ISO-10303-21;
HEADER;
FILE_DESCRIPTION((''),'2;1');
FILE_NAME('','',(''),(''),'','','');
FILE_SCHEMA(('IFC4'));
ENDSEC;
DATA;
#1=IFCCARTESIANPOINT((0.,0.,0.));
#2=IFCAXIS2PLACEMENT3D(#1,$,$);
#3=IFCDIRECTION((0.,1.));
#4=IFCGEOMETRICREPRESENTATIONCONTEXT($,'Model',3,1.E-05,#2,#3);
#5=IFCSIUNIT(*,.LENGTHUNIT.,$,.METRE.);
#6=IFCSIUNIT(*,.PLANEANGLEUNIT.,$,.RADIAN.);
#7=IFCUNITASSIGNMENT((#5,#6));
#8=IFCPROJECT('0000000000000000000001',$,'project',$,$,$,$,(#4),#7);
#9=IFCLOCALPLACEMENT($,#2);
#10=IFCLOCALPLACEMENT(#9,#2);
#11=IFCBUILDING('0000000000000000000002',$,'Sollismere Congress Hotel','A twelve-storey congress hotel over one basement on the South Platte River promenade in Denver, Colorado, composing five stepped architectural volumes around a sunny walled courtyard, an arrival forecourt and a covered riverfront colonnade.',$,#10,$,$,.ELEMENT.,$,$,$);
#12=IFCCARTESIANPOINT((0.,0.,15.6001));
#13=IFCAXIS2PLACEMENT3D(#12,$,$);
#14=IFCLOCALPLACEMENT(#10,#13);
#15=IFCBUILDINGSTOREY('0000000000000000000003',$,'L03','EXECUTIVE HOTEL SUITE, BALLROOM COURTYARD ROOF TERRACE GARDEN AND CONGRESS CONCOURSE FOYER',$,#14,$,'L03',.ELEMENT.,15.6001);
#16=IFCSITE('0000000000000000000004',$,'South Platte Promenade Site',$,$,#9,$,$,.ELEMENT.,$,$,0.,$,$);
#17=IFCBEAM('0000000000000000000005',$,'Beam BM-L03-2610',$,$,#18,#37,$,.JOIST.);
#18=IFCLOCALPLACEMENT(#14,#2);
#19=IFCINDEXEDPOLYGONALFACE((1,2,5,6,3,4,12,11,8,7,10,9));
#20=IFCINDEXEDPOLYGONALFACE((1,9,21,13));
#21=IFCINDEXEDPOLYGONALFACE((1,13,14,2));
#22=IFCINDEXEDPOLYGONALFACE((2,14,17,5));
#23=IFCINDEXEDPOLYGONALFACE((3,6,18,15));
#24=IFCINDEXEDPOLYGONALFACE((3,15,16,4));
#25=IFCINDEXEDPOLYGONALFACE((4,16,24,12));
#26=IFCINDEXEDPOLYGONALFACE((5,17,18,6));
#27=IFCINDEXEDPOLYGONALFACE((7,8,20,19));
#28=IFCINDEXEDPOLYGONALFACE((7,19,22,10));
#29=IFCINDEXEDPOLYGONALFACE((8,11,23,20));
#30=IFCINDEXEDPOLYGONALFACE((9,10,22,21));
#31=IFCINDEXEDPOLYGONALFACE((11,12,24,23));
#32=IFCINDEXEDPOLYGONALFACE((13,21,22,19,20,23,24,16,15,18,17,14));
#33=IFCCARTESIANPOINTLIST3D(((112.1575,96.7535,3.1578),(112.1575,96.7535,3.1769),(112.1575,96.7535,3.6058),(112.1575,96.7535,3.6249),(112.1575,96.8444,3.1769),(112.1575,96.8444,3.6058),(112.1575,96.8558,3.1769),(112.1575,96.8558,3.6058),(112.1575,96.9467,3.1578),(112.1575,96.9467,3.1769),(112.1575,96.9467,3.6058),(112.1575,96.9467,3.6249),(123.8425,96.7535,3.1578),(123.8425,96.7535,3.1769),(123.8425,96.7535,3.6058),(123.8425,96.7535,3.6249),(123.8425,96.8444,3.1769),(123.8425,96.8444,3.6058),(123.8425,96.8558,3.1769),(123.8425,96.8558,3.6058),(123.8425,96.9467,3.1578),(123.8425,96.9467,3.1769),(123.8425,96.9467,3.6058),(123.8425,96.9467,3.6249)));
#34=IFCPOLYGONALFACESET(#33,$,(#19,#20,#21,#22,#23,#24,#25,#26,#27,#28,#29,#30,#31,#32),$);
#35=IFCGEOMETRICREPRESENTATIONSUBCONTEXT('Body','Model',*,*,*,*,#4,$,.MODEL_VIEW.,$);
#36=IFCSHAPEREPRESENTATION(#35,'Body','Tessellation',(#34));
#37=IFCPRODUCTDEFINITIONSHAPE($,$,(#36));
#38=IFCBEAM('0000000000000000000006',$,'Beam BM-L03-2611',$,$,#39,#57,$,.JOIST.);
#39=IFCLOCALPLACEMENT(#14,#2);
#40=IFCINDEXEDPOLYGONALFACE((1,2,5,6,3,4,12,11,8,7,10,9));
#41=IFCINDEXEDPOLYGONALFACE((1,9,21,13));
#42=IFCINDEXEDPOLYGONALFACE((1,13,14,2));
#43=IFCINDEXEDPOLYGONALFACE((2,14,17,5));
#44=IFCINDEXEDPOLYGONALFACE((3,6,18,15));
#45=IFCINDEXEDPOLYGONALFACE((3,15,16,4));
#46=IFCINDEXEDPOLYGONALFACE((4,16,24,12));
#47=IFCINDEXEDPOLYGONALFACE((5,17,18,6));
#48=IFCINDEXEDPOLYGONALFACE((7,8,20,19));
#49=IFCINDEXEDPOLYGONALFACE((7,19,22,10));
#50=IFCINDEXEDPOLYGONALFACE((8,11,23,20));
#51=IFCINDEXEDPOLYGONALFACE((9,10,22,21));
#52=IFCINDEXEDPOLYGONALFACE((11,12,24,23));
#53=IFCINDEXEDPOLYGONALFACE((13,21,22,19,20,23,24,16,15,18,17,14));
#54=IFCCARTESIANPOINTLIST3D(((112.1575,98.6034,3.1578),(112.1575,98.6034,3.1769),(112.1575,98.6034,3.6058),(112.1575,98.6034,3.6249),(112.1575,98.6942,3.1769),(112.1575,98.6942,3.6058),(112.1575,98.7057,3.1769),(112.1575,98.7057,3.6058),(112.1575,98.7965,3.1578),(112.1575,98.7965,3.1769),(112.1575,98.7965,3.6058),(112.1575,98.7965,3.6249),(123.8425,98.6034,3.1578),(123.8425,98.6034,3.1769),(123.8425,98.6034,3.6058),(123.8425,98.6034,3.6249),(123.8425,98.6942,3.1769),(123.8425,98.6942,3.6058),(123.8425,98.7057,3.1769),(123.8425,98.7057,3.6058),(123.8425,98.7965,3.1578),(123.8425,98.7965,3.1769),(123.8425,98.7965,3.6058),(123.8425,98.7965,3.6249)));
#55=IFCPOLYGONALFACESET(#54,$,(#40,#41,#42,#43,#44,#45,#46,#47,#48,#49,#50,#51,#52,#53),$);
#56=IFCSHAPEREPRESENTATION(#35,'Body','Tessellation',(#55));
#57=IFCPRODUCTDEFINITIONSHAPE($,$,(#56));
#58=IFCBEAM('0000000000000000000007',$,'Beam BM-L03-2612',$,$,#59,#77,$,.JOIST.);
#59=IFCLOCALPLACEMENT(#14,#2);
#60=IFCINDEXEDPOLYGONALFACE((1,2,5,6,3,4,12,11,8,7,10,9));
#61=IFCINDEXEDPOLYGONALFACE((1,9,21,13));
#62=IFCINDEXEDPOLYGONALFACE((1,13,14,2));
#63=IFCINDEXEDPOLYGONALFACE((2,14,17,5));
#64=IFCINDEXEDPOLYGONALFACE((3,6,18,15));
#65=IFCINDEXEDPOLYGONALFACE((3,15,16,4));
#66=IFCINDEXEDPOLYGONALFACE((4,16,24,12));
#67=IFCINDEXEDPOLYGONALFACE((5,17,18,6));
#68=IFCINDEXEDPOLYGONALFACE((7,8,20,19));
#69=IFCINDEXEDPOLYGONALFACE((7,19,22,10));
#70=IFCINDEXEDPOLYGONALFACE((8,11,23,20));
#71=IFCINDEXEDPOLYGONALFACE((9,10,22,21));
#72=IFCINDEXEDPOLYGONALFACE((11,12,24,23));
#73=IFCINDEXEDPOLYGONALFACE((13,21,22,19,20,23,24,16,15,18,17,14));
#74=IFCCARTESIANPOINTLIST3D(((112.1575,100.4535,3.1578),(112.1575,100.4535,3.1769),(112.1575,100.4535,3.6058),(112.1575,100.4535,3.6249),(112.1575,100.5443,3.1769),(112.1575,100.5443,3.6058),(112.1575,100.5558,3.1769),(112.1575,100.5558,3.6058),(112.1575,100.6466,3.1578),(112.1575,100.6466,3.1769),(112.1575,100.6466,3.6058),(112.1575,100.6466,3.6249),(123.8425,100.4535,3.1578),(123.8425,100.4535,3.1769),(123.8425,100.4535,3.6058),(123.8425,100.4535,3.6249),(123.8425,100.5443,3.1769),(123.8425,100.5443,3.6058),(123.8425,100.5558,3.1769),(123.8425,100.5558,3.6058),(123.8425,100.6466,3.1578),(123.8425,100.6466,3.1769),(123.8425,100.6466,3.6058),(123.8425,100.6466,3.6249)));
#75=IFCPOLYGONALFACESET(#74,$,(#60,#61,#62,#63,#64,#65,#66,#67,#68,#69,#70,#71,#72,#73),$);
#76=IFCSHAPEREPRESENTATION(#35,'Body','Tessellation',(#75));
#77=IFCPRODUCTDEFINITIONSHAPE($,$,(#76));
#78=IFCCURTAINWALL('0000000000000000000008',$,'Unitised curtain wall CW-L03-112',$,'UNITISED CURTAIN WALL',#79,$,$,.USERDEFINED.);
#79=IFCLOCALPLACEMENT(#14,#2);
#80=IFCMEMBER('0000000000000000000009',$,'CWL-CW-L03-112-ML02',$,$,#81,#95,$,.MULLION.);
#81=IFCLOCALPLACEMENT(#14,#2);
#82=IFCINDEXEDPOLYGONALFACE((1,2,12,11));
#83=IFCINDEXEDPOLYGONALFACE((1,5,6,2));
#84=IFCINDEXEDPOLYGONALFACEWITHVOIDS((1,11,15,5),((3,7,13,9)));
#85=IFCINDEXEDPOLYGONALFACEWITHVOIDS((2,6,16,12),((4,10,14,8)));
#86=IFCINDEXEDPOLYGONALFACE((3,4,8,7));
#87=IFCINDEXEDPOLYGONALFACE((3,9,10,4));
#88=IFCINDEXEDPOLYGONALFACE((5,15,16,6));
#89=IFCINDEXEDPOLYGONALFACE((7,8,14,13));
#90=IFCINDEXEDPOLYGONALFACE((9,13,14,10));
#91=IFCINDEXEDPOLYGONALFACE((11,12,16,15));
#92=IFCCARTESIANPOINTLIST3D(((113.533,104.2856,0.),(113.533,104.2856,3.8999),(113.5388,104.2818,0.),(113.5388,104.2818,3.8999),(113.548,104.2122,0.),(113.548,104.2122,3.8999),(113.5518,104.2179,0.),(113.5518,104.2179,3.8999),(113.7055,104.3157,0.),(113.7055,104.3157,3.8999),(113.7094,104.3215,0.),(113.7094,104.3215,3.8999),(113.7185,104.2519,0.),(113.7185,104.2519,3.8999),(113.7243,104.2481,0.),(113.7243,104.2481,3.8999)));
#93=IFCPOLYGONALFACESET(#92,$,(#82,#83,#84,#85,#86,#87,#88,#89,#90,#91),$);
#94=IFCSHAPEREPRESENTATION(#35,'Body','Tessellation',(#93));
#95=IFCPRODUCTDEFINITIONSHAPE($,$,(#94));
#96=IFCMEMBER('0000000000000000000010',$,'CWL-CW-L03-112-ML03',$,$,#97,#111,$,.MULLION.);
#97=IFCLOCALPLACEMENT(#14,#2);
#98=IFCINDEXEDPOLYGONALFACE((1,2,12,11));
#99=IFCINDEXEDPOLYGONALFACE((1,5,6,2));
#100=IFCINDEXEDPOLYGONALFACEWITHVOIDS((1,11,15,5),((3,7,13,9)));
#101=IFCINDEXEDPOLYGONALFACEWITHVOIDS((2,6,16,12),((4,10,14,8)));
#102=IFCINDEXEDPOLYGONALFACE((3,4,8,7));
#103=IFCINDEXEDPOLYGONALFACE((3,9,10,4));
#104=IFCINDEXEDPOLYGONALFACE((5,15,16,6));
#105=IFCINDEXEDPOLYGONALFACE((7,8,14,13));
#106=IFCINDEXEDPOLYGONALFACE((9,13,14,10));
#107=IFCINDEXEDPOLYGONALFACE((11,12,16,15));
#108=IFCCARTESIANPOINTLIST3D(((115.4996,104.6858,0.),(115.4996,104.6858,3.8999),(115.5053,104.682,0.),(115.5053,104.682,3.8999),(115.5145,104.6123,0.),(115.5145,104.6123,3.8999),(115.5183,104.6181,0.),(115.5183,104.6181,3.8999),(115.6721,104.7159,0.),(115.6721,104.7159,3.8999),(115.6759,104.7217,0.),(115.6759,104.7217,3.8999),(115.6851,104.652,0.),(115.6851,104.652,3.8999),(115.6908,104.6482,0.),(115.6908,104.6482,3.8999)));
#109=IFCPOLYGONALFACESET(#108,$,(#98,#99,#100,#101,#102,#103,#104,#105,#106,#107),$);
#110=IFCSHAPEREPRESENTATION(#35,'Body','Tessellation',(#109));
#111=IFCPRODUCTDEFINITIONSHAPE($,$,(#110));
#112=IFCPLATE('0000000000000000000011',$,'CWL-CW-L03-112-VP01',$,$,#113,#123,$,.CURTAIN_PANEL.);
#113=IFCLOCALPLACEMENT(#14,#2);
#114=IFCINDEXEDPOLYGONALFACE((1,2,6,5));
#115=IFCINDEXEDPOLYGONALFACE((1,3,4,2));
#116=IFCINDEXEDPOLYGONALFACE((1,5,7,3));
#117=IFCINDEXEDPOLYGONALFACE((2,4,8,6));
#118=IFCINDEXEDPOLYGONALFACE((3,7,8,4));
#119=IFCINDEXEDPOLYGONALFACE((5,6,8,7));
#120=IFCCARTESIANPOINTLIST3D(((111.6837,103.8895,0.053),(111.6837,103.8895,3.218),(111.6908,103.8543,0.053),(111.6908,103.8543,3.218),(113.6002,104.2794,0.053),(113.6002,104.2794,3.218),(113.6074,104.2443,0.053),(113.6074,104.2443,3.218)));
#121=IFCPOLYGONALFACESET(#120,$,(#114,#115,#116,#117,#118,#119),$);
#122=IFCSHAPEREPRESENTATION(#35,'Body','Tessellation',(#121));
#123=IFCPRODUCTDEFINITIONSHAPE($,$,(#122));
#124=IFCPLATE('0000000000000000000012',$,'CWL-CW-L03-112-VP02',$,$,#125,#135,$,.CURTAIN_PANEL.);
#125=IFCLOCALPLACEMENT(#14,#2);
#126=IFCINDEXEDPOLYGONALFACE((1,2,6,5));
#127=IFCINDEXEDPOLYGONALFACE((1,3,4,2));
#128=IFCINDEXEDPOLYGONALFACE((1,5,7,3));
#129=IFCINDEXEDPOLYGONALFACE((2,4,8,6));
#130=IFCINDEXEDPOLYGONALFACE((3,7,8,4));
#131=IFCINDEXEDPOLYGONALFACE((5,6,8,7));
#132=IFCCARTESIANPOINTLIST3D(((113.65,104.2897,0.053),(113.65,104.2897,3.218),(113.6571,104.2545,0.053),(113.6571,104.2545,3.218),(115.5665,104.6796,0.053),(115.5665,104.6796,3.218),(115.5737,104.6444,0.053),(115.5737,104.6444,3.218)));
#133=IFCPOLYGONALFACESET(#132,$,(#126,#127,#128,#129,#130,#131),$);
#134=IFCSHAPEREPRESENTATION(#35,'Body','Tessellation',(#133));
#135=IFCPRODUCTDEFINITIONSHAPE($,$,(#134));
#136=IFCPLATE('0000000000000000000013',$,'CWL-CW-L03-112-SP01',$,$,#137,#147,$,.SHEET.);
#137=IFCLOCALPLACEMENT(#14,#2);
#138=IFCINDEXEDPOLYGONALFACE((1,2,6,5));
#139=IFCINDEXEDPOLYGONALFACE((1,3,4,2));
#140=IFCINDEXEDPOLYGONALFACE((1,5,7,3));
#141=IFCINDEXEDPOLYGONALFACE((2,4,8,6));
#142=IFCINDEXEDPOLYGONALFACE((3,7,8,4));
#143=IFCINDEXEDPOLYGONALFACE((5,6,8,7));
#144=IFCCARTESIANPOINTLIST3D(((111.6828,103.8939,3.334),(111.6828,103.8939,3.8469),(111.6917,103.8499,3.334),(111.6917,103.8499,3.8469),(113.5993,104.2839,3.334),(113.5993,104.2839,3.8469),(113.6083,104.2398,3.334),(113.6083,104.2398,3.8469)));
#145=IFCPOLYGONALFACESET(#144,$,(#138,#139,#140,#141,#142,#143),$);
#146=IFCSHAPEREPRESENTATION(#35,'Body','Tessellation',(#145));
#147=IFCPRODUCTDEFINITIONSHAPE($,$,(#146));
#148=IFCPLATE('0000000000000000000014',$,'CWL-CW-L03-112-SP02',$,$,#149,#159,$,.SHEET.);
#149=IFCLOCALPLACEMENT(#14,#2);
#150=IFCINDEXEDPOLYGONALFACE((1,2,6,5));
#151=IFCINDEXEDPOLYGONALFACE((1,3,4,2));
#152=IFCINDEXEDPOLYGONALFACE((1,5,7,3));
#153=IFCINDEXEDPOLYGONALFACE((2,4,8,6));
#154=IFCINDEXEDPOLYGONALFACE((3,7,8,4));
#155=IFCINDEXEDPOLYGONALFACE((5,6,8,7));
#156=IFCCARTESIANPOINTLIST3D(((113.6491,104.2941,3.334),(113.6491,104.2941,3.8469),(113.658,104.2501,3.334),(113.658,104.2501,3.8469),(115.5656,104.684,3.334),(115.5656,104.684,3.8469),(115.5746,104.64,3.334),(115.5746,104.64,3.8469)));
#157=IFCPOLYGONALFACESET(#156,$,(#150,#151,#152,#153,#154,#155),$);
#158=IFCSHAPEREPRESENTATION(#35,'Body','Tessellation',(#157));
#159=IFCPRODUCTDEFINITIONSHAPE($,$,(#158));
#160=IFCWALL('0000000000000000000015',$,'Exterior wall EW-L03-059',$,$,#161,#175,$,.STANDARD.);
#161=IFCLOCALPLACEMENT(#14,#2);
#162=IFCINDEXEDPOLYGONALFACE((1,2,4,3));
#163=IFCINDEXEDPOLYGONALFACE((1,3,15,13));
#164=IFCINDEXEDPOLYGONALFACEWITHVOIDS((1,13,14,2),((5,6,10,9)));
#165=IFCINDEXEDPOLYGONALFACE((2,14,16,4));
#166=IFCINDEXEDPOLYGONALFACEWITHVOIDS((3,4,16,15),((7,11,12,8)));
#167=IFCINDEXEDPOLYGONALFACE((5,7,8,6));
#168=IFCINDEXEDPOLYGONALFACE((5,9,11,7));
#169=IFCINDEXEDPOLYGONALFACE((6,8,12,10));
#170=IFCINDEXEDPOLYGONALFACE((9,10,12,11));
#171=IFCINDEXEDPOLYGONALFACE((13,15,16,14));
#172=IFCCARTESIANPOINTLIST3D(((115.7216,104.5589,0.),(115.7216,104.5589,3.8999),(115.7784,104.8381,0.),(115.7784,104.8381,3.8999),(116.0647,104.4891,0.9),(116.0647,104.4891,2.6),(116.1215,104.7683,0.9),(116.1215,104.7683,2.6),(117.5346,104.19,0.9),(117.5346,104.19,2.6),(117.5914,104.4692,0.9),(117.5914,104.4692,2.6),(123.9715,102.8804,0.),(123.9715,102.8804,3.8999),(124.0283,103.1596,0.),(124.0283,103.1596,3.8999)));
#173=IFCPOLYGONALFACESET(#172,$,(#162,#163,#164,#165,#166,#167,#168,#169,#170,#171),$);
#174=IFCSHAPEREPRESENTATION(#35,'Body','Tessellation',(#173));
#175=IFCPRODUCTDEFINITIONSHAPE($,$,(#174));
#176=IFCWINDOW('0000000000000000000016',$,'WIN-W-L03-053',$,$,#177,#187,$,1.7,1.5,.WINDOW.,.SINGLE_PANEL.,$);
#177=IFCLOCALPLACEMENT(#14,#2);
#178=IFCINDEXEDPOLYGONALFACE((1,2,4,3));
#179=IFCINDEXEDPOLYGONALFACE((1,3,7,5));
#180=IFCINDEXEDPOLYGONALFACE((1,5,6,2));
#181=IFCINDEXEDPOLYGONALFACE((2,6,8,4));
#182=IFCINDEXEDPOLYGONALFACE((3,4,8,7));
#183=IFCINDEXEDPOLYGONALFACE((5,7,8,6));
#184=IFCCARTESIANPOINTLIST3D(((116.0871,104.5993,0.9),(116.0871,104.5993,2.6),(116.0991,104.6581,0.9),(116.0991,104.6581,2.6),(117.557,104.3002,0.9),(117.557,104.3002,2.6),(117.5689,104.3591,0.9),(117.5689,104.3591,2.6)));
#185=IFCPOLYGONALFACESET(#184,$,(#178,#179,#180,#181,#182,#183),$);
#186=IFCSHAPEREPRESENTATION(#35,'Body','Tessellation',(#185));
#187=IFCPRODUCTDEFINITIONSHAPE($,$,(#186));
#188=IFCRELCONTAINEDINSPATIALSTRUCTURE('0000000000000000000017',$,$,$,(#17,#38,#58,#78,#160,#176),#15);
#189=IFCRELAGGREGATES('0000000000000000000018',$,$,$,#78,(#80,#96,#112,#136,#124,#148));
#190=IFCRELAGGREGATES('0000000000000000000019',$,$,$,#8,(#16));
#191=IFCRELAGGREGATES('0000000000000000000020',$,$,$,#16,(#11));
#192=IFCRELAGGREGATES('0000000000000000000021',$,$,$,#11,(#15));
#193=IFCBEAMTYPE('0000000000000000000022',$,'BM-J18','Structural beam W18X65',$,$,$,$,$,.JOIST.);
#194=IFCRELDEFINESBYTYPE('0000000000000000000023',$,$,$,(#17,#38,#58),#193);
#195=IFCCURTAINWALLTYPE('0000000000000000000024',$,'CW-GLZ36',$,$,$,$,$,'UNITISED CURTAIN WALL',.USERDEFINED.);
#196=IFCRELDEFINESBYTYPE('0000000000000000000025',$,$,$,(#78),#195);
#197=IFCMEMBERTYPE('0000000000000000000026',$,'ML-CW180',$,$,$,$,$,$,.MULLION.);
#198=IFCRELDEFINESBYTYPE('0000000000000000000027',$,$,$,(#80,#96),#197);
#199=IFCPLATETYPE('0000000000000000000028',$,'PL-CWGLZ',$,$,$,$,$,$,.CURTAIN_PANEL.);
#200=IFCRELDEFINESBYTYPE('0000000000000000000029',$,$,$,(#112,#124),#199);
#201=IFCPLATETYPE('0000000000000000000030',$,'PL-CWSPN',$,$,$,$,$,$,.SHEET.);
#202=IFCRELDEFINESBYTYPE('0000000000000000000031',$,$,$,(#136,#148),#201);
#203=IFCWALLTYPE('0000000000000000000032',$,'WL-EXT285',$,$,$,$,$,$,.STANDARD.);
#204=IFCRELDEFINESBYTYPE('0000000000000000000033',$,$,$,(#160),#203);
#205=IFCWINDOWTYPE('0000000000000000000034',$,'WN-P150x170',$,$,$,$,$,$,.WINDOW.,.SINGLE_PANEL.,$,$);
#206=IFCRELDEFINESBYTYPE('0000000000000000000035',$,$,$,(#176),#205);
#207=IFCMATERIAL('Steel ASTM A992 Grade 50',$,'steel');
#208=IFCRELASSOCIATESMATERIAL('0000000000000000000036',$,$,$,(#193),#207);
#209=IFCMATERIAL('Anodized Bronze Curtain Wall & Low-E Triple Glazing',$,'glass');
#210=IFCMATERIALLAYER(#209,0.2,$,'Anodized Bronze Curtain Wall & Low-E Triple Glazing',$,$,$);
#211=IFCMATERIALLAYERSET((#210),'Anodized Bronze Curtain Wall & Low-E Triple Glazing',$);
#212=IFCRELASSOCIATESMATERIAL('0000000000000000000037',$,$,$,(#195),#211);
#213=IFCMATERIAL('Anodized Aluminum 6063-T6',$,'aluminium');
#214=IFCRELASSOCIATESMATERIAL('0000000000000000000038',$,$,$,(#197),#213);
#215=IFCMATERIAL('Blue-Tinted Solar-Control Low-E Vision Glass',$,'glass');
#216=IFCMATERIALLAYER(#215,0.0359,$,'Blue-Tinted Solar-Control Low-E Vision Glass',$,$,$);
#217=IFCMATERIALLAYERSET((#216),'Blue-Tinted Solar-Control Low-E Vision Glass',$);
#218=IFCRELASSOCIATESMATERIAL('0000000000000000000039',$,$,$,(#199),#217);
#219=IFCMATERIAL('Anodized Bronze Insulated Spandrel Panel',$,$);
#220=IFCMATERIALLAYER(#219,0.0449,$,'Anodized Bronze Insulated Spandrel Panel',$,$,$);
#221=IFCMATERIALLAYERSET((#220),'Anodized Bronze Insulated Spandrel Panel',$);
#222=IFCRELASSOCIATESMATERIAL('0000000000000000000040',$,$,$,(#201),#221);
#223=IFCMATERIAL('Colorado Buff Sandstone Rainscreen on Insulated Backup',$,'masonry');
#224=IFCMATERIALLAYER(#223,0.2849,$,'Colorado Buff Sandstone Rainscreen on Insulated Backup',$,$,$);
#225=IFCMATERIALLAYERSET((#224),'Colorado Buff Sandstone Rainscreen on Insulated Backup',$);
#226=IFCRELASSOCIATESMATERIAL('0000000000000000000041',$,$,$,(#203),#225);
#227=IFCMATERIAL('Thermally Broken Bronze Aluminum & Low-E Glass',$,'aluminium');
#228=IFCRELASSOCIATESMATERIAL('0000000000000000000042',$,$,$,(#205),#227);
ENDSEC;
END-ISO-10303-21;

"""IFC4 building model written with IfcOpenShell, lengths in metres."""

from ifc_helpers import new_model, si_unit, direction, frame, frame_2d, origin, origin_2d, place, context, subcontext, project, spatial, rectangle, hollow_rectangle, i_section, extrude, material, layer, layer_set, material_profile, profile_set, type_object, element, fill, aggregate, save


model = new_model("IFC4")

# Units and contexts
model_context = context("Model", 3, precision=1e-05, world=origin(), true_north=direction((0.0, 1.0)))
body_context = subcontext(model_context, "Body", "Model", "MODEL_VIEW")
ifc_project = project(units=[si_unit("LENGTHUNIT", "METRE"), si_unit("PLANEANGLEUNIT", "RADIAN")], contexts=[model_context])

# Site, building, storey
site_placement = place(None, origin())
site = spatial("IfcSite", under=ifc_project, at=site_placement, Name="South Platte Promenade Site", CompositionType="ELEMENT", RefElevation=0.0)
building_placement = place(site_placement, origin())
building = spatial("IfcBuilding", under=site, at=building_placement, Name="Sollismere Congress Hotel", Description="A twelve-storey congress hotel over one basement on the South Platte River promenade in Denver, Colorado, composing five stepped architectural volumes around a sunny walled courtyard, an arrival forecourt and a covered riverfront colonnade.", CompositionType="ELEMENT")
storey_placement = place(building_placement, frame((0.0, 0.0, 15.6001)))
storey = spatial("IfcBuildingStorey", under=building, at=storey_placement, Name="L03", Description="EXECUTIVE HOTEL SUITE, BALLROOM COURTYARD ROOF TERRACE GARDEN AND CONGRESS CONCOURSE FOYER", LongName="L03", CompositionType="ELEMENT", Elevation=15.6001)

# Shared definitions
ifc_material_1 = material(Name="Steel ASTM A992 Grade 50", Category="steel")

# Beams
ifc_material_profile_1 = material_profile(ifc_material_1, i_section(OverallWidth=0.1931, OverallDepth=0.467, WebThickness=0.0115, FlangeThickness=0.019, at=origin_2d()), Name="W18X65")
ifc_profile_set_1 = profile_set([ifc_material_profile_1], Name="Steel ASTM A992 Grade 50")
beam_type_1 = type_object("IfcBeamType", Name="BM-J18", Description="Structural beam W18X65", PredefinedType="JOIST", material=ifc_profile_set_1)
for number, where, z_axis, x_axis, name in (
    (1, (112.1575, 96.8501, 3.3914), (1.0, 0.0, 0.0), (0.0, 1.0, 0.0), "Beam BM-L03-2610"),
    (2, (112.1575, 98.7, 3.3914), (1.0, 0.0, 0.0), (0.0, 1.0, 0.0), "Beam BM-L03-2611"),
    (3, (112.1575, 100.55, 3.3914), (1.0, 0.0, 0.0), (0.0, 1.0, 0.0), "Beam BM-L03-2612"),
):
    element("IfcBeam", number, at=place(storey_placement, frame(where, z_axis=z_axis, x_axis=x_axis)), inside=storey, type_object=beam_type_1, Name=name, PredefinedType="JOIST", context=body_context, shape_type="SweptSolid", body=[
        extrude(i_section(OverallWidth=0.1931, OverallDepth=0.467, WebThickness=0.0115, FlangeThickness=0.019, at=origin_2d()), origin(), (0.0, 0.0, 1.0), 11.6851),
    ])

# Curtain wall, members, plates
ifc_material_2 = material(Name="Anodized Bronze Curtain Wall & Low-E Triple Glazing", Category="glass")
ifc_layer_1 = layer(ifc_material_2, 0.2, Name="Anodized Bronze Curtain Wall & Low-E Triple Glazing")
ifc_layer_set_1 = layer_set([ifc_layer_1], Name="Anodized Bronze Curtain Wall & Low-E Triple Glazing")
curtain_wall_type = type_object("IfcCurtainWallType", Name="CW-GLZ36", ElementType="UNITISED CURTAIN WALL", PredefinedType="USERDEFINED", material=ifc_layer_set_1)
curtain_wall_placement = place(storey_placement, origin())
curtain_wall = element("IfcCurtainWall", 4, at=curtain_wall_placement, inside=storey, type_object=curtain_wall_type, Name="Unitised curtain wall CW-L03-112", ObjectType="UNITISED CURTAIN WALL", PredefinedType="USERDEFINED")
ifc_material_3 = material(Name="Anodized Aluminum 6063-T6", Category="aluminium")
ifc_material_profile_2 = material_profile(ifc_material_3, hollow_rectangle(XDim=0.075, YDim=0.1799, WallThickness=0.0049, at=origin_2d()), Name="ALU180X75X5")
ifc_profile_set_2 = profile_set([ifc_material_profile_2], Name="Anodized Aluminum 6063-T6")
member_type = type_object("IfcMemberType", Name="ML-CW180", PredefinedType="MULLION", material=ifc_profile_set_2)
member_1_placement = place(storey_placement, frame((113.6287, 104.2668, 0.0), z_axis=(0.0, 0.0, 1.0), x_axis=(-0.199368, 0.979925, 0.0)))
member_1 = element("IfcMember", 5, at=member_1_placement, type_object=member_type, Name="CWL-CW-L03-112-ML02", PredefinedType="MULLION", context=body_context, shape_type="SweptSolid", body=[
    extrude(hollow_rectangle(XDim=0.075, YDim=0.1799, WallThickness=0.0049, at=origin_2d()), origin(), (0.0, 0.0, 1.0), 3.8999),
])
member_2_placement = place(storey_placement, frame((115.5952, 104.667, 0.0), z_axis=(0.0, 0.0, 1.0), x_axis=(-0.199368, 0.979925, 0.0)))
member_2 = element("IfcMember", 6, at=member_2_placement, type_object=member_type, Name="CWL-CW-L03-112-ML03", PredefinedType="MULLION", context=body_context, shape_type="SweptSolid", body=[
    extrude(hollow_rectangle(XDim=0.075, YDim=0.1799, WallThickness=0.0049, at=origin_2d()), origin(), (0.0, 0.0, 1.0), 3.8999),
])
ifc_material_4 = material(Name="Blue-Tinted Solar-Control Low-E Vision Glass", Category="glass")
ifc_layer_2 = layer(ifc_material_4, 0.0359, Name="Blue-Tinted Solar-Control Low-E Vision Glass")
ifc_layer_set_2 = layer_set([ifc_layer_2], Name="Blue-Tinted Solar-Control Low-E Vision Glass")
plate_type_1 = type_object("IfcPlateType", Name="PL-CWGLZ", PredefinedType="CURTAIN_PANEL", material=ifc_layer_set_2)
plate_1_placement = place(storey_placement, frame((112.6455, 104.0669, 0.053), z_axis=(0.0, 0.0, 1.0), x_axis=(0.979925, 0.199368, 0.0)))
plate_1 = element("IfcPlate", 7, at=plate_1_placement, type_object=plate_type_1, Name="CWL-CW-L03-112-VP01", PredefinedType="CURTAIN_PANEL", context=body_context, shape_type="SweptSolid", body=[
    extrude(rectangle(XDim=1.9558, YDim=0.0359, at=origin_2d()), origin(), (0.0, 0.0, 1.0), 3.165),
])
plate_2_placement = place(storey_placement, frame((114.6118, 104.467, 0.053), z_axis=(0.0, 0.0, 1.0), x_axis=(0.979925, 0.199368, 0.0)))
plate_2 = element("IfcPlate", 8, at=plate_2_placement, type_object=plate_type_1, Name="CWL-CW-L03-112-VP02", PredefinedType="CURTAIN_PANEL", context=body_context, shape_type="SweptSolid", body=[
    extrude(rectangle(XDim=1.9558, YDim=0.0359, at=origin_2d()), origin(), (0.0, 0.0, 1.0), 3.165),
])
ifc_material_5 = material(Name="Anodized Bronze Insulated Spandrel Panel")
ifc_layer_3 = layer(ifc_material_5, 0.0449, Name="Anodized Bronze Insulated Spandrel Panel")
ifc_layer_set_3 = layer_set([ifc_layer_3], Name="Anodized Bronze Insulated Spandrel Panel")
plate_type_2 = type_object("IfcPlateType", Name="PL-CWSPN", PredefinedType="SHEET", material=ifc_layer_set_3)
plate_3_placement = place(storey_placement, frame((112.6455, 104.0669, 3.334), z_axis=(0.0, 0.0, 1.0), x_axis=(0.979925, 0.199368, 0.0)))
plate_3 = element("IfcPlate", 9, at=plate_3_placement, type_object=plate_type_2, Name="CWL-CW-L03-112-SP01", PredefinedType="SHEET", context=body_context, shape_type="SweptSolid", body=[
    extrude(rectangle(XDim=1.9558, YDim=0.0449, at=origin_2d()), origin(), (0.0, 0.0, 1.0), 0.5129),
])
plate_4_placement = place(storey_placement, frame((114.6118, 104.467, 3.334), z_axis=(0.0, 0.0, 1.0), x_axis=(0.979925, 0.199368, 0.0)))
plate_4 = element("IfcPlate", 10, at=plate_4_placement, type_object=plate_type_2, Name="CWL-CW-L03-112-SP02", PredefinedType="SHEET", context=body_context, shape_type="SweptSolid", body=[
    extrude(rectangle(XDim=1.9558, YDim=0.0449, at=origin_2d()), origin(), (0.0, 0.0, 1.0), 0.5129),
])
aggregate(curtain_wall, [member_1, member_2, plate_1, plate_3, plate_2, plate_4])

# Wall, opening, window
ifc_material_6 = material(Name="Colorado Buff Sandstone Rainscreen on Insulated Backup", Category="masonry")
ifc_layer_4 = layer(ifc_material_6, 0.2849, Name="Colorado Buff Sandstone Rainscreen on Insulated Backup")
ifc_layer_set_4 = layer_set([ifc_layer_4], Name="Colorado Buff Sandstone Rainscreen on Insulated Backup")
wall_type_1 = type_object("IfcWallType", Name="WL-EXT285", PredefinedType="STANDARD", material=ifc_layer_set_4)
wall_1_placement = place(storey_placement, frame((115.75, 104.6985, 0.0), z_axis=(0.0, 0.0, 1.0), x_axis=(0.979925, -0.199366, 0.0)))
wall_1 = element("IfcWall", 11, at=wall_1_placement, inside=storey, type_object=wall_type_1, Name="Exterior wall EW-L03-059", PredefinedType="STANDARD", context=body_context, shape_type="SweptSolid", body=[
    extrude(rectangle(XDim=8.4189, YDim=0.2849, at=frame_2d((4.2095, 0.0))), origin(), (0.0, 0.0, 1.0), 3.8999),
])
opening_1_placement = place(wall_1_placement, frame((0.3501, 0.0, 0.8999)))
opening_1 = element("IfcOpeningElement", 12, at=opening_1_placement, cuts=wall_1, PredefinedType="OPENING", context=body_context, shape_type="SweptSolid", body=[
    extrude(rectangle(XDim=1.5, YDim=1.7, at=frame_2d((0.75, 0.8501))), frame((0.0, 0.1523, 0.0), z_axis=(0.0, -1.0, 0.0), x_axis=(1.0, 0.0, 0.0)), (0.0, 0.0, 1.0), 0.3049),
])
ifc_material_7 = material(Name="Thermally Broken Bronze Aluminum & Low-E Glass", Category="aluminium")
window_type_1 = type_object("IfcWindowType", Name="WN-P150x170", PartitioningType="SINGLE_PANEL", PredefinedType="WINDOW", material=ifc_material_7)
window_1_placement = place(opening_1_placement, origin())
window_1 = element("IfcWindow", 13, at=window_1_placement, inside=storey, type_object=window_type_1, Name="WIN-W-L03-053", OverallHeight=1.7, OverallWidth=1.5, PartitioningType="SINGLE_PANEL", PredefinedType="WINDOW", context=body_context, shape_type="SweptSolid", body=[
    extrude(rectangle(XDim=1.5, YDim=1.7, at=frame_2d((0.75, 0.8501))), frame((0.0, 0.03, 0.0), z_axis=(0.0, -1.0, 0.0), x_axis=(1.0, 0.0, 0.0)), (0.0, 0.0, 1.0), 0.0601),
])
fill(opening_1, window_1)

save(model, "model.ifc")
